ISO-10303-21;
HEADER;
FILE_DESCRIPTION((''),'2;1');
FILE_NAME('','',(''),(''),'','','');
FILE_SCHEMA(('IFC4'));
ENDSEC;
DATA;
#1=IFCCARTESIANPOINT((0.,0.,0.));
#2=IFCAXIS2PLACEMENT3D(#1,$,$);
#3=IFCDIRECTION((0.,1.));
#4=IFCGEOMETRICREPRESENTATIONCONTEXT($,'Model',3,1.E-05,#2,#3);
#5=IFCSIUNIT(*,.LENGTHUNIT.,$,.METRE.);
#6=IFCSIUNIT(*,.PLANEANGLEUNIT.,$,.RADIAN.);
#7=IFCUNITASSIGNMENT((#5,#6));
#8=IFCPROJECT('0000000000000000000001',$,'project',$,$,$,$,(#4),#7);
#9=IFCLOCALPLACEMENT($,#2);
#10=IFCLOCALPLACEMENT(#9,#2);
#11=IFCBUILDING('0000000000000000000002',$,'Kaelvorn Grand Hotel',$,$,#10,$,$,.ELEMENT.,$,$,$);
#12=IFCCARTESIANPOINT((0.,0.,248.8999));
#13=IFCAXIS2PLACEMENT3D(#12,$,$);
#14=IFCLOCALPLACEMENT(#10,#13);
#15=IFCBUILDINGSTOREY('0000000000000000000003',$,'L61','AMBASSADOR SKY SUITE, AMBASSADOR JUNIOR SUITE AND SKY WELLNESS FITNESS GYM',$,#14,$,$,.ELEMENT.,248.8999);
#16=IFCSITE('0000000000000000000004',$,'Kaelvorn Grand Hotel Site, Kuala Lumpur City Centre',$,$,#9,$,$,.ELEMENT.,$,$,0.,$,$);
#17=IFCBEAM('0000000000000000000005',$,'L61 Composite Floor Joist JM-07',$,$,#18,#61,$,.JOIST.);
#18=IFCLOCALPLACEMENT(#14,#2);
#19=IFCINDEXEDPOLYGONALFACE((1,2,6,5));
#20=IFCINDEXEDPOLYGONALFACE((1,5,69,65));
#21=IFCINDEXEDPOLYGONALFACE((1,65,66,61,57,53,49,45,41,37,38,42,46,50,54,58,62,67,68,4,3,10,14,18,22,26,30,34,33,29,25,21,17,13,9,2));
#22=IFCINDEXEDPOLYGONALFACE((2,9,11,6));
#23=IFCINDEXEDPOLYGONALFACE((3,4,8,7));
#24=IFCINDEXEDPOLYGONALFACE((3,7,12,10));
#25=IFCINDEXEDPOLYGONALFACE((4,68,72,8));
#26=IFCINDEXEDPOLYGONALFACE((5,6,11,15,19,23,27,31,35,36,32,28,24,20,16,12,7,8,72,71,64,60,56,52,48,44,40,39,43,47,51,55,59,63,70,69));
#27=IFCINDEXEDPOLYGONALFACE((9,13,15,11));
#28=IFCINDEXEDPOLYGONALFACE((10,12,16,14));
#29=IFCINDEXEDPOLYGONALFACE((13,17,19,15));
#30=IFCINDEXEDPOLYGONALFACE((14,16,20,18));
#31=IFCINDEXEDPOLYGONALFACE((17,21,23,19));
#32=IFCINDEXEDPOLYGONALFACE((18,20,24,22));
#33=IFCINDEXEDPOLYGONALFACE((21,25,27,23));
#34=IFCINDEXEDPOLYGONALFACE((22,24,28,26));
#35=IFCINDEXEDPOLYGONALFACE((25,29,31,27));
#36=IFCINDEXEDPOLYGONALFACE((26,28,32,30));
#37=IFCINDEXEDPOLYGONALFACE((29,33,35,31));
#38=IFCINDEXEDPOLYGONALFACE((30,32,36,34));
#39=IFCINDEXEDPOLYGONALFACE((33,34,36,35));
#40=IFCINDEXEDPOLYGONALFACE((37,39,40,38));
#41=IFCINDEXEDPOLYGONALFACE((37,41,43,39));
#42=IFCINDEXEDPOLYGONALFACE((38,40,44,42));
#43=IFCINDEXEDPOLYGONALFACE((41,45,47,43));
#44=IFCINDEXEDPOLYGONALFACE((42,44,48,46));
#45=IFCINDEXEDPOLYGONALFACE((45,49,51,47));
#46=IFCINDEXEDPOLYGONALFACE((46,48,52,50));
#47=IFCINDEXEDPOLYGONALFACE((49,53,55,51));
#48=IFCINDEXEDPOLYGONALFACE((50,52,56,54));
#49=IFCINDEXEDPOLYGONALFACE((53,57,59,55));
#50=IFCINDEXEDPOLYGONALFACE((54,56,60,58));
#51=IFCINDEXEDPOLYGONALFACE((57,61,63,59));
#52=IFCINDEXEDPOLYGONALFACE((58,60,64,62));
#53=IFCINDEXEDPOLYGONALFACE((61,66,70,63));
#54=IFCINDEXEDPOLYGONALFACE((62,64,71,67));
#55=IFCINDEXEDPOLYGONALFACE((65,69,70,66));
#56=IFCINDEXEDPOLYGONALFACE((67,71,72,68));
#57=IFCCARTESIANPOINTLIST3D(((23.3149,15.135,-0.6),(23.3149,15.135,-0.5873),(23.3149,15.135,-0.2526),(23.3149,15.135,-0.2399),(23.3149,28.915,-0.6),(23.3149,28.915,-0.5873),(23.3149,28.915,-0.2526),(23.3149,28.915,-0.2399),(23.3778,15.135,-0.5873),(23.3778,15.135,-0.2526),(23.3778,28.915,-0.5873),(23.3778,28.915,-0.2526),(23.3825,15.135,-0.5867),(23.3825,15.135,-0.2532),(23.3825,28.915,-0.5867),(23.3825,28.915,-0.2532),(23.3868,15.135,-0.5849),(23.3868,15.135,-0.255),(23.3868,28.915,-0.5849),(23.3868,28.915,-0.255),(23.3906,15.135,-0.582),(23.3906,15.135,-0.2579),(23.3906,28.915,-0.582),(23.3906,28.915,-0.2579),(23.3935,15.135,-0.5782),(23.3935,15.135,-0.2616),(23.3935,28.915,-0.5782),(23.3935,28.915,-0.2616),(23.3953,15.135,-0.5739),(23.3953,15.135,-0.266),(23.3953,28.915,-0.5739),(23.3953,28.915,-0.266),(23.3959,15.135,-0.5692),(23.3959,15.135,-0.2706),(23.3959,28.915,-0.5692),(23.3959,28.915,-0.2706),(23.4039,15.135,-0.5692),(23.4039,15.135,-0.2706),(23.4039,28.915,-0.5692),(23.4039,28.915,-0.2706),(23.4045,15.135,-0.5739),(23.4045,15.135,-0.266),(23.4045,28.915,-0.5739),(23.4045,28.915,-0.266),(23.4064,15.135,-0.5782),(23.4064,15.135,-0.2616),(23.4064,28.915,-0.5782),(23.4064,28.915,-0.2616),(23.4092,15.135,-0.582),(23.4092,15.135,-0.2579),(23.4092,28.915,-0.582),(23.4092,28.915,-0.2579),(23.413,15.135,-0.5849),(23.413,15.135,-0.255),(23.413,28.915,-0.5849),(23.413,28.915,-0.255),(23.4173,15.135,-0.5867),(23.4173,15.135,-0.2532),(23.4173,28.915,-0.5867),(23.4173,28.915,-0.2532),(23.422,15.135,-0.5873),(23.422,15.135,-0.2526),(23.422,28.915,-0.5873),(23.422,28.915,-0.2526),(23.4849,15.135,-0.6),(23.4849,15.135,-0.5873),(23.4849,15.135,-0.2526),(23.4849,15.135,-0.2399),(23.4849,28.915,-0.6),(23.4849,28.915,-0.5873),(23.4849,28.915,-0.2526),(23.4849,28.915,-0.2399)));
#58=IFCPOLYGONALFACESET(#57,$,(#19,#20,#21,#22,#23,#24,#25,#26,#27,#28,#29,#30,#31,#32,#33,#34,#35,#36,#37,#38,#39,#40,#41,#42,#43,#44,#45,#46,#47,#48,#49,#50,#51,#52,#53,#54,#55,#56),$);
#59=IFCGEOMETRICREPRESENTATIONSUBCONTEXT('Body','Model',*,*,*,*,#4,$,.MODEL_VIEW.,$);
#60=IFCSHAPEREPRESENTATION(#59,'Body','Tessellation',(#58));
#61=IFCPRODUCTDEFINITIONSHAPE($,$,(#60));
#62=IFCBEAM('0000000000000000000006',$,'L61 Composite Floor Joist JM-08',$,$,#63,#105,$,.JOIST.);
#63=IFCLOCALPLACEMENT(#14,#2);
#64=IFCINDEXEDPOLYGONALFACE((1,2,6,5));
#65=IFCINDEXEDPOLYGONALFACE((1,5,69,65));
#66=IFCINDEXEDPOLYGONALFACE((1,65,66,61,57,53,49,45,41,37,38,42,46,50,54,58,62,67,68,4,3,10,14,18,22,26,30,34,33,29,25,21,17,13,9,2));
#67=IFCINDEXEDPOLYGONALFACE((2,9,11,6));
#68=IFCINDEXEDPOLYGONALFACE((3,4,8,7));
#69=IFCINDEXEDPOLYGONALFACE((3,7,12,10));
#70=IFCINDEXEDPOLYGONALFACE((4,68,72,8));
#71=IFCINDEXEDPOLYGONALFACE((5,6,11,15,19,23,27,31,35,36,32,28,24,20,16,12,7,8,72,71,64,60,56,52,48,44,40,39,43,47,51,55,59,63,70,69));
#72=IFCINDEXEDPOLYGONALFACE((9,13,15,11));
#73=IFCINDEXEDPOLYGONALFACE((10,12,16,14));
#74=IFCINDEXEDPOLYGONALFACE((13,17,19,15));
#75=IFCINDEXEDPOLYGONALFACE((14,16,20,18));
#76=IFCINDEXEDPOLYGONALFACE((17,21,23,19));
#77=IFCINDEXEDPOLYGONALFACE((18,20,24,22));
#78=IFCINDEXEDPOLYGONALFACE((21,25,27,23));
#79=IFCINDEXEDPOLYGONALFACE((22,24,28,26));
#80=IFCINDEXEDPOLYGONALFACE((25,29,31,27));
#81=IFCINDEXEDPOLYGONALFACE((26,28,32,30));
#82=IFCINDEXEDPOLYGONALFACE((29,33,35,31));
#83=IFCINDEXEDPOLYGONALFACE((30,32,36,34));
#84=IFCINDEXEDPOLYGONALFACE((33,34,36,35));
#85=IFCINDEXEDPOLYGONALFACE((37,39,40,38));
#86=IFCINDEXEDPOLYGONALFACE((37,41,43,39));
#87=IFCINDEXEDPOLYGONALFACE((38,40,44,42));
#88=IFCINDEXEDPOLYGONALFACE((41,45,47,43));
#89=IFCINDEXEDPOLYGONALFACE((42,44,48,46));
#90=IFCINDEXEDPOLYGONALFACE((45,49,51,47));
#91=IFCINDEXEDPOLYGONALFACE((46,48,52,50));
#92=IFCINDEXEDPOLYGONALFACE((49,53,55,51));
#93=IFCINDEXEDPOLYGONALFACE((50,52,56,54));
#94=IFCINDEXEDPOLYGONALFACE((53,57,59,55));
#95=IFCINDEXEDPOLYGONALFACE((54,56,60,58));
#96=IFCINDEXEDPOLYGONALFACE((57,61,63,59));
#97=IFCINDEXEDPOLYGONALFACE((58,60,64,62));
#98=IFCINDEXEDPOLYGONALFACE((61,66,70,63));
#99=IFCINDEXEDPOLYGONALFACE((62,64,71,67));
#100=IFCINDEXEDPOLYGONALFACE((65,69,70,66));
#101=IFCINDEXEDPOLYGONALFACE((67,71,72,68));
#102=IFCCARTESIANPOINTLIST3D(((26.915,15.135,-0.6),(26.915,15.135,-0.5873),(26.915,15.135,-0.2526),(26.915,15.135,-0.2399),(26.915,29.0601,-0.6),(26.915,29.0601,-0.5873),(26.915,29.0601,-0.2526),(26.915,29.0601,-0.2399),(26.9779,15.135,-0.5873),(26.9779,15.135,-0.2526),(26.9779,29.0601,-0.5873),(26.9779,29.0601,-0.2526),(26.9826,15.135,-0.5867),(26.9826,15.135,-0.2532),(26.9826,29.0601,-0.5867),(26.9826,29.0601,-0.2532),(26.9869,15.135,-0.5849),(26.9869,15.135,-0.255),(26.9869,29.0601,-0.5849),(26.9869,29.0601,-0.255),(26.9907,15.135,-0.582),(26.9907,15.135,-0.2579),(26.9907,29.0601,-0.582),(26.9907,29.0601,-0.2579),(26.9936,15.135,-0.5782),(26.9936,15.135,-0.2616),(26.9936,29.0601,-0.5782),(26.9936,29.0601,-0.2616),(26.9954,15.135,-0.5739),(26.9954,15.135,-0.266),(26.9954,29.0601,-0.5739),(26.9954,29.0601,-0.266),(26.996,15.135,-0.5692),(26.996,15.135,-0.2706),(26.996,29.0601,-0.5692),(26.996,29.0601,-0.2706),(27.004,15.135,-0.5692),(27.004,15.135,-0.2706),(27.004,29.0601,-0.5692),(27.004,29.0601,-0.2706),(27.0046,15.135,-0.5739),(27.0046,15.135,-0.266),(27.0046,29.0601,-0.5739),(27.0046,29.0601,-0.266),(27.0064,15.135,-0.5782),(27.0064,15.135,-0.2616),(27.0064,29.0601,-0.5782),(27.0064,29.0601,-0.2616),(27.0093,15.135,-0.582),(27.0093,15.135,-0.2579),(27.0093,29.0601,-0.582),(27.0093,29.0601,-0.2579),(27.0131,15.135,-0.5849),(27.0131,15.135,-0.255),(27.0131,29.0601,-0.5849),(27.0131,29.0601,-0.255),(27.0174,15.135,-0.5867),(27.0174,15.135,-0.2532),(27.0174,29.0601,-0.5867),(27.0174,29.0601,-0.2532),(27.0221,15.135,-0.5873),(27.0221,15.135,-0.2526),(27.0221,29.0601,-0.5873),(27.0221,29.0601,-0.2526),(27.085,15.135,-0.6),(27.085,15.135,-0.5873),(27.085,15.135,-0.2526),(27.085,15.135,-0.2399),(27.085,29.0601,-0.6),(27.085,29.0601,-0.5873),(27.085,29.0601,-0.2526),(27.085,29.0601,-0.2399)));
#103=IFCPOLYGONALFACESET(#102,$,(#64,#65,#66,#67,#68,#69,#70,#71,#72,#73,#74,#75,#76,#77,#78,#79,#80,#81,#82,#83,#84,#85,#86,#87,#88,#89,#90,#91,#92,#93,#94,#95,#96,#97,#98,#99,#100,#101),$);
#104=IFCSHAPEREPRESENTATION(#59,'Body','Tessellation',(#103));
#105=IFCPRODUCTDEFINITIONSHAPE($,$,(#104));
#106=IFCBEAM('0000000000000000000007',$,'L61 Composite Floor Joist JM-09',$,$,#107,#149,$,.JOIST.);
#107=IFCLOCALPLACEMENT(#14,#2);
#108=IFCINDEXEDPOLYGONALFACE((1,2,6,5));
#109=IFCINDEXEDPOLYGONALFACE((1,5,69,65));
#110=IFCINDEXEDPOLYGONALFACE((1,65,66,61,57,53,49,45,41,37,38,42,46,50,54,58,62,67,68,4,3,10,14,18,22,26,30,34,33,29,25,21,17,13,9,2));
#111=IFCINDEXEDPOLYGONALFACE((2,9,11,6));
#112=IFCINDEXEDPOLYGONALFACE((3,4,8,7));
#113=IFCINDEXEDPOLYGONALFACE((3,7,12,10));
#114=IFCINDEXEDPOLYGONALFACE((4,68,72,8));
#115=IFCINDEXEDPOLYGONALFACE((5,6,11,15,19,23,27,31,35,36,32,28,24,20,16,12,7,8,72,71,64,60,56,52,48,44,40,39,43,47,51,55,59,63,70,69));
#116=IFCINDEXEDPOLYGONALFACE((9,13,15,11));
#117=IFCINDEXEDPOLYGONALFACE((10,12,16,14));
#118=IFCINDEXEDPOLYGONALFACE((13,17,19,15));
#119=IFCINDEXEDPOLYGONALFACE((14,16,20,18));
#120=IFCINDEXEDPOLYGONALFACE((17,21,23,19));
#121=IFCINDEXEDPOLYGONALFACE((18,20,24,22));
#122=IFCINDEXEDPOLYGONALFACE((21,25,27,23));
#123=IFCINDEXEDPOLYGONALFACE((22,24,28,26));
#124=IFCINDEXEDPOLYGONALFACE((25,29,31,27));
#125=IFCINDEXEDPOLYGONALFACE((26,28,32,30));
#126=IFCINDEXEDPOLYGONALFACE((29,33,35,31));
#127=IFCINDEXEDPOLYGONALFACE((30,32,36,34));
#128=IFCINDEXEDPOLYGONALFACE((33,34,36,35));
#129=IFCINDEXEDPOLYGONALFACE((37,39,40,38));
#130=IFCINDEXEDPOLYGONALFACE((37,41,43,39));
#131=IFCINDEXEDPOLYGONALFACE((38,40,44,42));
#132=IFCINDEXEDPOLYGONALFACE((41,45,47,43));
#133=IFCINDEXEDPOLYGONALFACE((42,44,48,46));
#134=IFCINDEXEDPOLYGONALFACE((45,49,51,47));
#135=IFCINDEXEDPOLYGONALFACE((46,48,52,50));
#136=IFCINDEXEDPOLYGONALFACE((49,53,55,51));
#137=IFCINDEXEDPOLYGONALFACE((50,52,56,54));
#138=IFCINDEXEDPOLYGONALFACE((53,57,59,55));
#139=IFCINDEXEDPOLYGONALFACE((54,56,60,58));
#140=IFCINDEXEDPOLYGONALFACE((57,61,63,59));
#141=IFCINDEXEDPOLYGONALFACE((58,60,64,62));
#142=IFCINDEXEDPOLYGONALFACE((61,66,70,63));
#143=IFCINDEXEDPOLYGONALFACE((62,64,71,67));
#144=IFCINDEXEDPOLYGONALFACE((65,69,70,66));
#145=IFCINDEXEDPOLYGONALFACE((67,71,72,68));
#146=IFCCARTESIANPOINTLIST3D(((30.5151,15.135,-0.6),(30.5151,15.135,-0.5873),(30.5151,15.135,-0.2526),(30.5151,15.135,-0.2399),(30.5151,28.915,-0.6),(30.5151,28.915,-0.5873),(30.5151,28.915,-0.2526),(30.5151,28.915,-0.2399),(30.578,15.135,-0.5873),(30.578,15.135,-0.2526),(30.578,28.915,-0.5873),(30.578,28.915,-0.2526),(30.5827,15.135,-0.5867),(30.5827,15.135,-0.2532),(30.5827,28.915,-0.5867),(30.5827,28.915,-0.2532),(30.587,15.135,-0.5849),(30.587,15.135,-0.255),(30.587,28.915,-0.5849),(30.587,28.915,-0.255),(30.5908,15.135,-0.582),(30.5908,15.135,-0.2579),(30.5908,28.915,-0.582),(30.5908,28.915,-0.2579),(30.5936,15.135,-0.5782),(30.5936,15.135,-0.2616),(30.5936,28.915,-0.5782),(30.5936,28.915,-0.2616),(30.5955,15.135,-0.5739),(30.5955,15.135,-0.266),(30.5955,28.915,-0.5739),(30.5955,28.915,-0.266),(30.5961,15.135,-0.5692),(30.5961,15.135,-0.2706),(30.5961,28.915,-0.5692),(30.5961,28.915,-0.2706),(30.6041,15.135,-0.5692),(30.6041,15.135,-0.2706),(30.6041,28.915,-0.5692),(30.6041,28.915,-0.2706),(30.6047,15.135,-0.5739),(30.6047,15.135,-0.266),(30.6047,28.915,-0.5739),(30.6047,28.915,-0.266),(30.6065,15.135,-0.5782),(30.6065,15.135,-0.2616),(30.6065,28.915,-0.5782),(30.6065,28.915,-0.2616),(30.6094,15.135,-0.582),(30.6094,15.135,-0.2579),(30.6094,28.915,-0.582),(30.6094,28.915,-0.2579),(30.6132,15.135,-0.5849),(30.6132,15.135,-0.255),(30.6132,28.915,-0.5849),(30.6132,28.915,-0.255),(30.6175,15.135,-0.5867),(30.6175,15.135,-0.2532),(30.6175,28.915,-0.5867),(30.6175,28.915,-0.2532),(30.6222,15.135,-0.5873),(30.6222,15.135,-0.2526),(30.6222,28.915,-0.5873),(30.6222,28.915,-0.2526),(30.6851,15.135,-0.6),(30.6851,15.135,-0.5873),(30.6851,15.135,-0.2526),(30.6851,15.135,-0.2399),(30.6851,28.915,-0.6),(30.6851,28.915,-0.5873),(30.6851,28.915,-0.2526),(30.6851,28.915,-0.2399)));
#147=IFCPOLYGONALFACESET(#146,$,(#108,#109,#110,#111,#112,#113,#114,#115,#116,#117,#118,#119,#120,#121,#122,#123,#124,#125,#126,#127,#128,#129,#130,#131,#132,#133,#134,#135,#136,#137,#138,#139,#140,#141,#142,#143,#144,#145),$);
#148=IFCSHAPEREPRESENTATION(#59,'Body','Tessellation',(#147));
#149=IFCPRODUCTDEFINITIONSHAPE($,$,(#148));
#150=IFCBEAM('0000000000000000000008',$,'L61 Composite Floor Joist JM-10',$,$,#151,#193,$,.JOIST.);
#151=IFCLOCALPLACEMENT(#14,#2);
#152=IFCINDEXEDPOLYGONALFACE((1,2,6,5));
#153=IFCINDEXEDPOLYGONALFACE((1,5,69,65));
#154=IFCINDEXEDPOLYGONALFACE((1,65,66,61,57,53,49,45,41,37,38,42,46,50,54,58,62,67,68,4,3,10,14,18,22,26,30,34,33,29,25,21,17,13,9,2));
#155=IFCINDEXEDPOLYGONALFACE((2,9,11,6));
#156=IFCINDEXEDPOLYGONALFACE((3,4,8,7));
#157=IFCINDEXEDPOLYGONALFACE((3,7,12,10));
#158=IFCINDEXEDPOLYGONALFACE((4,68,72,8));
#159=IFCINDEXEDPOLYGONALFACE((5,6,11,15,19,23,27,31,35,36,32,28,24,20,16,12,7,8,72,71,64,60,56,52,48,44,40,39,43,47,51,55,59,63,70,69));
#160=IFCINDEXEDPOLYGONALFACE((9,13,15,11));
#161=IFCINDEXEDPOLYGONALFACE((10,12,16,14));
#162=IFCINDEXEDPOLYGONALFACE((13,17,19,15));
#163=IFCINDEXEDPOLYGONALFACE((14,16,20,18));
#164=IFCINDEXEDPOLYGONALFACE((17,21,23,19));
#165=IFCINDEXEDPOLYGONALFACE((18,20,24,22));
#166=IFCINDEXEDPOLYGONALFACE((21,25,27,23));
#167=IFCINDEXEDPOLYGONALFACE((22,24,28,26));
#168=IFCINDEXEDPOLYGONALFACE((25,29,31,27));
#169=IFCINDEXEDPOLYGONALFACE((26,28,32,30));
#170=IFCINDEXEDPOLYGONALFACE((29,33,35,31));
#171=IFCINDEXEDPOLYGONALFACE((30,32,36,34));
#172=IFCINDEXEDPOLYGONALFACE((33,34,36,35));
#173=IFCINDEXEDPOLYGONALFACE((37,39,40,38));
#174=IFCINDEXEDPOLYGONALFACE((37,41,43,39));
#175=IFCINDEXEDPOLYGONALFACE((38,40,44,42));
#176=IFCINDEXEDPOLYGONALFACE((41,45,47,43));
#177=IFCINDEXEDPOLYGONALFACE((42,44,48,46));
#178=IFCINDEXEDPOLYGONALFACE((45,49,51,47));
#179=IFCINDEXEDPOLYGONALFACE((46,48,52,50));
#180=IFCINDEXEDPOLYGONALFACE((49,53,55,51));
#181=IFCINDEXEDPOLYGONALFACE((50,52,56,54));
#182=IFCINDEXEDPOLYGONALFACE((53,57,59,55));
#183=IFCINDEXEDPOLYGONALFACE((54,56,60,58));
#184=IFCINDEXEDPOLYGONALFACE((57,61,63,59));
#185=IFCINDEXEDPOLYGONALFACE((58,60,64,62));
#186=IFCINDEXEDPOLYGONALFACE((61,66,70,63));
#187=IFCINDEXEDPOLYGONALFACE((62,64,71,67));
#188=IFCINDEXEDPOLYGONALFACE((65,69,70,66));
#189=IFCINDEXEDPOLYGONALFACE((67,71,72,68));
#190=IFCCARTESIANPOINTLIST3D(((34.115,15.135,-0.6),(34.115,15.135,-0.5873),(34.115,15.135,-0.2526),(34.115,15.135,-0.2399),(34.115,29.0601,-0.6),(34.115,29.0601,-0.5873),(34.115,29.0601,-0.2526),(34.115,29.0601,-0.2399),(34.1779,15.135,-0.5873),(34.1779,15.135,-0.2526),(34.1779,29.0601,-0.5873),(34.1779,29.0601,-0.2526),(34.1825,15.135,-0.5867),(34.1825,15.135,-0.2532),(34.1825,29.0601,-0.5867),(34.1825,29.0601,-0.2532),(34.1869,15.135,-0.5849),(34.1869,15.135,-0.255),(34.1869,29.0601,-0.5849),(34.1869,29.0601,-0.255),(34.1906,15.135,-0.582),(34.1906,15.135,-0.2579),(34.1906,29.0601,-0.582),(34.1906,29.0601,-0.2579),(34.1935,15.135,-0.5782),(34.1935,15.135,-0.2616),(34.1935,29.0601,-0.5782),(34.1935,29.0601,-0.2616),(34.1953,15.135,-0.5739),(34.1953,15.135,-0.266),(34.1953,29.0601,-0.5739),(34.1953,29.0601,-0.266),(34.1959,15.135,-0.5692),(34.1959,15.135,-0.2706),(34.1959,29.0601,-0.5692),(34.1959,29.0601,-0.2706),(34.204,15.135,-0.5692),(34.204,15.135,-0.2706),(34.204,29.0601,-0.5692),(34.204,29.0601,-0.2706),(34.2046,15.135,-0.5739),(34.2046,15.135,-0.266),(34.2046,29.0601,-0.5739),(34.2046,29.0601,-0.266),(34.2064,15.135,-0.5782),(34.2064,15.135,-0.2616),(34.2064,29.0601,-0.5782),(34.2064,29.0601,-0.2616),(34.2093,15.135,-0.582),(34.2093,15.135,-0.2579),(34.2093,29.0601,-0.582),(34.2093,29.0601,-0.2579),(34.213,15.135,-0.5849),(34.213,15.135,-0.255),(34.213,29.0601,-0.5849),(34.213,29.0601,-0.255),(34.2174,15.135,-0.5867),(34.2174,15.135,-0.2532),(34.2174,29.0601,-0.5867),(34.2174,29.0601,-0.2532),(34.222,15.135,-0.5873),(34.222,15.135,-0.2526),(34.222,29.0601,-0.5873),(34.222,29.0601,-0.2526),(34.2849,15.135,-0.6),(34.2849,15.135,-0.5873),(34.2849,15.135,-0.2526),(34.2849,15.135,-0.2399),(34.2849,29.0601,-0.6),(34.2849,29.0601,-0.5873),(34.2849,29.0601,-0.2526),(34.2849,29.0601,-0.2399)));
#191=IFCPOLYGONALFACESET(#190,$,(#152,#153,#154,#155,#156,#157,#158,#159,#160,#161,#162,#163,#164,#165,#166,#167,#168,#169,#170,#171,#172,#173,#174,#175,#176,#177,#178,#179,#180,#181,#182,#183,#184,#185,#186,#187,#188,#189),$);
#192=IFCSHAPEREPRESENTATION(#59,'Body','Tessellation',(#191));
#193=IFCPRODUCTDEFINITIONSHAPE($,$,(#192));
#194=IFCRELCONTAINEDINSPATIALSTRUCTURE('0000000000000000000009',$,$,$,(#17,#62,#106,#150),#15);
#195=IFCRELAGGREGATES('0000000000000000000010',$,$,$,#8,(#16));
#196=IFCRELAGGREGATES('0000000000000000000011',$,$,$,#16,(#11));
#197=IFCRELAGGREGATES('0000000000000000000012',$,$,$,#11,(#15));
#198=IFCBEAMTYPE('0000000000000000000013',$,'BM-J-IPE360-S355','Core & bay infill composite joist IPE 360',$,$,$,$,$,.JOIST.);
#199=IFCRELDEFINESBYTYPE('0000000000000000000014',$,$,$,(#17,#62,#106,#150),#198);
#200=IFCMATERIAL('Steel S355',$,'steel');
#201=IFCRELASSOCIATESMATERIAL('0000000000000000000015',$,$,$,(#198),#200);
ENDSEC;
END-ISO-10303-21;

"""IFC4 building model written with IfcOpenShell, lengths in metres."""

from ifc_helpers import new_model, si_unit, direction, frame, origin, origin_2d, place, context, subcontext, project, spatial, i_section, extrude, material, material_profile, profile_set, type_object, element, save


model = new_model("IFC4")

# Units and contexts
model_context = context("Model", 3, precision=1e-05, world=origin(), true_north=direction((0.0, 1.0)))
body_context = subcontext(model_context, "Body", "Model", "MODEL_VIEW")
ifc_project = project(units=[si_unit("LENGTHUNIT", "METRE"), si_unit("PLANEANGLEUNIT", "RADIAN")], contexts=[model_context])

# Site, building, storey
site_placement = place(None, origin())
site = spatial("IfcSite", under=ifc_project, at=site_placement, Name="Kaelvorn Grand Hotel Site, Kuala Lumpur City Centre", CompositionType="ELEMENT", RefElevation=0.0)
building_placement = place(site_placement, origin())
building = spatial("IfcBuilding", under=site, at=building_placement, Name="Kaelvorn Grand Hotel", CompositionType="ELEMENT")
storey_placement = place(building_placement, frame((0.0, 0.0, 248.8999)))
storey = spatial("IfcBuildingStorey", under=building, at=storey_placement, Name="L61", Description="AMBASSADOR SKY SUITE, AMBASSADOR JUNIOR SUITE AND SKY WELLNESS FITNESS GYM", CompositionType="ELEMENT", Elevation=248.8999)

# Beams
ifc_material_1 = material(Name="Steel S355", Category="steel")
ifc_material_profile_1 = material_profile(ifc_material_1, i_section(OverallWidth=0.1699, OverallDepth=0.3601, WebThickness=0.0081, FlangeThickness=0.0127, FilletRadius=0.0181, at=origin_2d()), Name="IPE 360")
ifc_profile_set_1 = profile_set([ifc_material_profile_1], Name="Steel S355")
beam_type_1 = type_object("IfcBeamType", Name="BM-J-IPE360-S355", Description="Core & bay infill composite joist IPE 360", PredefinedType="JOIST", material=ifc_profile_set_1)
beam_1_placement = place(storey_placement, frame((23.3999, 15.135, -0.4199), z_axis=(0.0, 1.0, 0.0), x_axis=(-1.0, 0.0, 0.0)))
element("IfcBeam", 1, at=beam_1_placement, inside=storey, type_object=beam_type_1, Name="L61 Composite Floor Joist JM-07", PredefinedType="JOIST", context=body_context, shape_type="SweptSolid", body=[
    extrude(i_section(OverallWidth=0.1699, OverallDepth=0.3601, WebThickness=0.0081, FlangeThickness=0.0127, FilletRadius=0.0181, at=origin_2d()), origin(), (0.0, 0.0, 1.0), 13.78),
])
beam_2_placement = place(storey_placement, frame((27.0, 15.135, -0.4199), z_axis=(0.0, 1.0, 0.0), x_axis=(-1.0, 0.0, 0.0)))
element("IfcBeam", 2, at=beam_2_placement, inside=storey, type_object=beam_type_1, Name="L61 Composite Floor Joist JM-08", PredefinedType="JOIST", context=body_context, shape_type="SweptSolid", body=[
    extrude(i_section(OverallWidth=0.1699, OverallDepth=0.3601, WebThickness=0.0081, FlangeThickness=0.0127, FilletRadius=0.0181, at=origin_2d()), origin(), (0.0, 0.0, 1.0), 13.925),
])
beam_3_placement = place(storey_placement, frame((30.6001, 15.135, -0.4199), z_axis=(0.0, 1.0, 0.0), x_axis=(-1.0, 0.0, 0.0)))
element("IfcBeam", 3, at=beam_3_placement, inside=storey, type_object=beam_type_1, Name="L61 Composite Floor Joist JM-09", PredefinedType="JOIST", context=body_context, shape_type="SweptSolid", body=[
    extrude(i_section(OverallWidth=0.1699, OverallDepth=0.3601, WebThickness=0.0081, FlangeThickness=0.0127, FilletRadius=0.0181, at=origin_2d()), origin(), (0.0, 0.0, 1.0), 13.78),
])
beam_4_placement = place(storey_placement, frame((34.2, 15.135, -0.4199), z_axis=(0.0, 1.0, 0.0), x_axis=(-1.0, 0.0, 0.0)))
element("IfcBeam", 4, at=beam_4_placement, inside=storey, type_object=beam_type_1, Name="L61 Composite Floor Joist JM-10", PredefinedType="JOIST", context=body_context, shape_type="SweptSolid", body=[
    extrude(i_section(OverallWidth=0.1699, OverallDepth=0.3601, WebThickness=0.0081, FlangeThickness=0.0127, FilletRadius=0.0181, at=origin_2d()), origin(), (0.0, 0.0, 1.0), 13.925),
])

save(model, "model.ifc")
